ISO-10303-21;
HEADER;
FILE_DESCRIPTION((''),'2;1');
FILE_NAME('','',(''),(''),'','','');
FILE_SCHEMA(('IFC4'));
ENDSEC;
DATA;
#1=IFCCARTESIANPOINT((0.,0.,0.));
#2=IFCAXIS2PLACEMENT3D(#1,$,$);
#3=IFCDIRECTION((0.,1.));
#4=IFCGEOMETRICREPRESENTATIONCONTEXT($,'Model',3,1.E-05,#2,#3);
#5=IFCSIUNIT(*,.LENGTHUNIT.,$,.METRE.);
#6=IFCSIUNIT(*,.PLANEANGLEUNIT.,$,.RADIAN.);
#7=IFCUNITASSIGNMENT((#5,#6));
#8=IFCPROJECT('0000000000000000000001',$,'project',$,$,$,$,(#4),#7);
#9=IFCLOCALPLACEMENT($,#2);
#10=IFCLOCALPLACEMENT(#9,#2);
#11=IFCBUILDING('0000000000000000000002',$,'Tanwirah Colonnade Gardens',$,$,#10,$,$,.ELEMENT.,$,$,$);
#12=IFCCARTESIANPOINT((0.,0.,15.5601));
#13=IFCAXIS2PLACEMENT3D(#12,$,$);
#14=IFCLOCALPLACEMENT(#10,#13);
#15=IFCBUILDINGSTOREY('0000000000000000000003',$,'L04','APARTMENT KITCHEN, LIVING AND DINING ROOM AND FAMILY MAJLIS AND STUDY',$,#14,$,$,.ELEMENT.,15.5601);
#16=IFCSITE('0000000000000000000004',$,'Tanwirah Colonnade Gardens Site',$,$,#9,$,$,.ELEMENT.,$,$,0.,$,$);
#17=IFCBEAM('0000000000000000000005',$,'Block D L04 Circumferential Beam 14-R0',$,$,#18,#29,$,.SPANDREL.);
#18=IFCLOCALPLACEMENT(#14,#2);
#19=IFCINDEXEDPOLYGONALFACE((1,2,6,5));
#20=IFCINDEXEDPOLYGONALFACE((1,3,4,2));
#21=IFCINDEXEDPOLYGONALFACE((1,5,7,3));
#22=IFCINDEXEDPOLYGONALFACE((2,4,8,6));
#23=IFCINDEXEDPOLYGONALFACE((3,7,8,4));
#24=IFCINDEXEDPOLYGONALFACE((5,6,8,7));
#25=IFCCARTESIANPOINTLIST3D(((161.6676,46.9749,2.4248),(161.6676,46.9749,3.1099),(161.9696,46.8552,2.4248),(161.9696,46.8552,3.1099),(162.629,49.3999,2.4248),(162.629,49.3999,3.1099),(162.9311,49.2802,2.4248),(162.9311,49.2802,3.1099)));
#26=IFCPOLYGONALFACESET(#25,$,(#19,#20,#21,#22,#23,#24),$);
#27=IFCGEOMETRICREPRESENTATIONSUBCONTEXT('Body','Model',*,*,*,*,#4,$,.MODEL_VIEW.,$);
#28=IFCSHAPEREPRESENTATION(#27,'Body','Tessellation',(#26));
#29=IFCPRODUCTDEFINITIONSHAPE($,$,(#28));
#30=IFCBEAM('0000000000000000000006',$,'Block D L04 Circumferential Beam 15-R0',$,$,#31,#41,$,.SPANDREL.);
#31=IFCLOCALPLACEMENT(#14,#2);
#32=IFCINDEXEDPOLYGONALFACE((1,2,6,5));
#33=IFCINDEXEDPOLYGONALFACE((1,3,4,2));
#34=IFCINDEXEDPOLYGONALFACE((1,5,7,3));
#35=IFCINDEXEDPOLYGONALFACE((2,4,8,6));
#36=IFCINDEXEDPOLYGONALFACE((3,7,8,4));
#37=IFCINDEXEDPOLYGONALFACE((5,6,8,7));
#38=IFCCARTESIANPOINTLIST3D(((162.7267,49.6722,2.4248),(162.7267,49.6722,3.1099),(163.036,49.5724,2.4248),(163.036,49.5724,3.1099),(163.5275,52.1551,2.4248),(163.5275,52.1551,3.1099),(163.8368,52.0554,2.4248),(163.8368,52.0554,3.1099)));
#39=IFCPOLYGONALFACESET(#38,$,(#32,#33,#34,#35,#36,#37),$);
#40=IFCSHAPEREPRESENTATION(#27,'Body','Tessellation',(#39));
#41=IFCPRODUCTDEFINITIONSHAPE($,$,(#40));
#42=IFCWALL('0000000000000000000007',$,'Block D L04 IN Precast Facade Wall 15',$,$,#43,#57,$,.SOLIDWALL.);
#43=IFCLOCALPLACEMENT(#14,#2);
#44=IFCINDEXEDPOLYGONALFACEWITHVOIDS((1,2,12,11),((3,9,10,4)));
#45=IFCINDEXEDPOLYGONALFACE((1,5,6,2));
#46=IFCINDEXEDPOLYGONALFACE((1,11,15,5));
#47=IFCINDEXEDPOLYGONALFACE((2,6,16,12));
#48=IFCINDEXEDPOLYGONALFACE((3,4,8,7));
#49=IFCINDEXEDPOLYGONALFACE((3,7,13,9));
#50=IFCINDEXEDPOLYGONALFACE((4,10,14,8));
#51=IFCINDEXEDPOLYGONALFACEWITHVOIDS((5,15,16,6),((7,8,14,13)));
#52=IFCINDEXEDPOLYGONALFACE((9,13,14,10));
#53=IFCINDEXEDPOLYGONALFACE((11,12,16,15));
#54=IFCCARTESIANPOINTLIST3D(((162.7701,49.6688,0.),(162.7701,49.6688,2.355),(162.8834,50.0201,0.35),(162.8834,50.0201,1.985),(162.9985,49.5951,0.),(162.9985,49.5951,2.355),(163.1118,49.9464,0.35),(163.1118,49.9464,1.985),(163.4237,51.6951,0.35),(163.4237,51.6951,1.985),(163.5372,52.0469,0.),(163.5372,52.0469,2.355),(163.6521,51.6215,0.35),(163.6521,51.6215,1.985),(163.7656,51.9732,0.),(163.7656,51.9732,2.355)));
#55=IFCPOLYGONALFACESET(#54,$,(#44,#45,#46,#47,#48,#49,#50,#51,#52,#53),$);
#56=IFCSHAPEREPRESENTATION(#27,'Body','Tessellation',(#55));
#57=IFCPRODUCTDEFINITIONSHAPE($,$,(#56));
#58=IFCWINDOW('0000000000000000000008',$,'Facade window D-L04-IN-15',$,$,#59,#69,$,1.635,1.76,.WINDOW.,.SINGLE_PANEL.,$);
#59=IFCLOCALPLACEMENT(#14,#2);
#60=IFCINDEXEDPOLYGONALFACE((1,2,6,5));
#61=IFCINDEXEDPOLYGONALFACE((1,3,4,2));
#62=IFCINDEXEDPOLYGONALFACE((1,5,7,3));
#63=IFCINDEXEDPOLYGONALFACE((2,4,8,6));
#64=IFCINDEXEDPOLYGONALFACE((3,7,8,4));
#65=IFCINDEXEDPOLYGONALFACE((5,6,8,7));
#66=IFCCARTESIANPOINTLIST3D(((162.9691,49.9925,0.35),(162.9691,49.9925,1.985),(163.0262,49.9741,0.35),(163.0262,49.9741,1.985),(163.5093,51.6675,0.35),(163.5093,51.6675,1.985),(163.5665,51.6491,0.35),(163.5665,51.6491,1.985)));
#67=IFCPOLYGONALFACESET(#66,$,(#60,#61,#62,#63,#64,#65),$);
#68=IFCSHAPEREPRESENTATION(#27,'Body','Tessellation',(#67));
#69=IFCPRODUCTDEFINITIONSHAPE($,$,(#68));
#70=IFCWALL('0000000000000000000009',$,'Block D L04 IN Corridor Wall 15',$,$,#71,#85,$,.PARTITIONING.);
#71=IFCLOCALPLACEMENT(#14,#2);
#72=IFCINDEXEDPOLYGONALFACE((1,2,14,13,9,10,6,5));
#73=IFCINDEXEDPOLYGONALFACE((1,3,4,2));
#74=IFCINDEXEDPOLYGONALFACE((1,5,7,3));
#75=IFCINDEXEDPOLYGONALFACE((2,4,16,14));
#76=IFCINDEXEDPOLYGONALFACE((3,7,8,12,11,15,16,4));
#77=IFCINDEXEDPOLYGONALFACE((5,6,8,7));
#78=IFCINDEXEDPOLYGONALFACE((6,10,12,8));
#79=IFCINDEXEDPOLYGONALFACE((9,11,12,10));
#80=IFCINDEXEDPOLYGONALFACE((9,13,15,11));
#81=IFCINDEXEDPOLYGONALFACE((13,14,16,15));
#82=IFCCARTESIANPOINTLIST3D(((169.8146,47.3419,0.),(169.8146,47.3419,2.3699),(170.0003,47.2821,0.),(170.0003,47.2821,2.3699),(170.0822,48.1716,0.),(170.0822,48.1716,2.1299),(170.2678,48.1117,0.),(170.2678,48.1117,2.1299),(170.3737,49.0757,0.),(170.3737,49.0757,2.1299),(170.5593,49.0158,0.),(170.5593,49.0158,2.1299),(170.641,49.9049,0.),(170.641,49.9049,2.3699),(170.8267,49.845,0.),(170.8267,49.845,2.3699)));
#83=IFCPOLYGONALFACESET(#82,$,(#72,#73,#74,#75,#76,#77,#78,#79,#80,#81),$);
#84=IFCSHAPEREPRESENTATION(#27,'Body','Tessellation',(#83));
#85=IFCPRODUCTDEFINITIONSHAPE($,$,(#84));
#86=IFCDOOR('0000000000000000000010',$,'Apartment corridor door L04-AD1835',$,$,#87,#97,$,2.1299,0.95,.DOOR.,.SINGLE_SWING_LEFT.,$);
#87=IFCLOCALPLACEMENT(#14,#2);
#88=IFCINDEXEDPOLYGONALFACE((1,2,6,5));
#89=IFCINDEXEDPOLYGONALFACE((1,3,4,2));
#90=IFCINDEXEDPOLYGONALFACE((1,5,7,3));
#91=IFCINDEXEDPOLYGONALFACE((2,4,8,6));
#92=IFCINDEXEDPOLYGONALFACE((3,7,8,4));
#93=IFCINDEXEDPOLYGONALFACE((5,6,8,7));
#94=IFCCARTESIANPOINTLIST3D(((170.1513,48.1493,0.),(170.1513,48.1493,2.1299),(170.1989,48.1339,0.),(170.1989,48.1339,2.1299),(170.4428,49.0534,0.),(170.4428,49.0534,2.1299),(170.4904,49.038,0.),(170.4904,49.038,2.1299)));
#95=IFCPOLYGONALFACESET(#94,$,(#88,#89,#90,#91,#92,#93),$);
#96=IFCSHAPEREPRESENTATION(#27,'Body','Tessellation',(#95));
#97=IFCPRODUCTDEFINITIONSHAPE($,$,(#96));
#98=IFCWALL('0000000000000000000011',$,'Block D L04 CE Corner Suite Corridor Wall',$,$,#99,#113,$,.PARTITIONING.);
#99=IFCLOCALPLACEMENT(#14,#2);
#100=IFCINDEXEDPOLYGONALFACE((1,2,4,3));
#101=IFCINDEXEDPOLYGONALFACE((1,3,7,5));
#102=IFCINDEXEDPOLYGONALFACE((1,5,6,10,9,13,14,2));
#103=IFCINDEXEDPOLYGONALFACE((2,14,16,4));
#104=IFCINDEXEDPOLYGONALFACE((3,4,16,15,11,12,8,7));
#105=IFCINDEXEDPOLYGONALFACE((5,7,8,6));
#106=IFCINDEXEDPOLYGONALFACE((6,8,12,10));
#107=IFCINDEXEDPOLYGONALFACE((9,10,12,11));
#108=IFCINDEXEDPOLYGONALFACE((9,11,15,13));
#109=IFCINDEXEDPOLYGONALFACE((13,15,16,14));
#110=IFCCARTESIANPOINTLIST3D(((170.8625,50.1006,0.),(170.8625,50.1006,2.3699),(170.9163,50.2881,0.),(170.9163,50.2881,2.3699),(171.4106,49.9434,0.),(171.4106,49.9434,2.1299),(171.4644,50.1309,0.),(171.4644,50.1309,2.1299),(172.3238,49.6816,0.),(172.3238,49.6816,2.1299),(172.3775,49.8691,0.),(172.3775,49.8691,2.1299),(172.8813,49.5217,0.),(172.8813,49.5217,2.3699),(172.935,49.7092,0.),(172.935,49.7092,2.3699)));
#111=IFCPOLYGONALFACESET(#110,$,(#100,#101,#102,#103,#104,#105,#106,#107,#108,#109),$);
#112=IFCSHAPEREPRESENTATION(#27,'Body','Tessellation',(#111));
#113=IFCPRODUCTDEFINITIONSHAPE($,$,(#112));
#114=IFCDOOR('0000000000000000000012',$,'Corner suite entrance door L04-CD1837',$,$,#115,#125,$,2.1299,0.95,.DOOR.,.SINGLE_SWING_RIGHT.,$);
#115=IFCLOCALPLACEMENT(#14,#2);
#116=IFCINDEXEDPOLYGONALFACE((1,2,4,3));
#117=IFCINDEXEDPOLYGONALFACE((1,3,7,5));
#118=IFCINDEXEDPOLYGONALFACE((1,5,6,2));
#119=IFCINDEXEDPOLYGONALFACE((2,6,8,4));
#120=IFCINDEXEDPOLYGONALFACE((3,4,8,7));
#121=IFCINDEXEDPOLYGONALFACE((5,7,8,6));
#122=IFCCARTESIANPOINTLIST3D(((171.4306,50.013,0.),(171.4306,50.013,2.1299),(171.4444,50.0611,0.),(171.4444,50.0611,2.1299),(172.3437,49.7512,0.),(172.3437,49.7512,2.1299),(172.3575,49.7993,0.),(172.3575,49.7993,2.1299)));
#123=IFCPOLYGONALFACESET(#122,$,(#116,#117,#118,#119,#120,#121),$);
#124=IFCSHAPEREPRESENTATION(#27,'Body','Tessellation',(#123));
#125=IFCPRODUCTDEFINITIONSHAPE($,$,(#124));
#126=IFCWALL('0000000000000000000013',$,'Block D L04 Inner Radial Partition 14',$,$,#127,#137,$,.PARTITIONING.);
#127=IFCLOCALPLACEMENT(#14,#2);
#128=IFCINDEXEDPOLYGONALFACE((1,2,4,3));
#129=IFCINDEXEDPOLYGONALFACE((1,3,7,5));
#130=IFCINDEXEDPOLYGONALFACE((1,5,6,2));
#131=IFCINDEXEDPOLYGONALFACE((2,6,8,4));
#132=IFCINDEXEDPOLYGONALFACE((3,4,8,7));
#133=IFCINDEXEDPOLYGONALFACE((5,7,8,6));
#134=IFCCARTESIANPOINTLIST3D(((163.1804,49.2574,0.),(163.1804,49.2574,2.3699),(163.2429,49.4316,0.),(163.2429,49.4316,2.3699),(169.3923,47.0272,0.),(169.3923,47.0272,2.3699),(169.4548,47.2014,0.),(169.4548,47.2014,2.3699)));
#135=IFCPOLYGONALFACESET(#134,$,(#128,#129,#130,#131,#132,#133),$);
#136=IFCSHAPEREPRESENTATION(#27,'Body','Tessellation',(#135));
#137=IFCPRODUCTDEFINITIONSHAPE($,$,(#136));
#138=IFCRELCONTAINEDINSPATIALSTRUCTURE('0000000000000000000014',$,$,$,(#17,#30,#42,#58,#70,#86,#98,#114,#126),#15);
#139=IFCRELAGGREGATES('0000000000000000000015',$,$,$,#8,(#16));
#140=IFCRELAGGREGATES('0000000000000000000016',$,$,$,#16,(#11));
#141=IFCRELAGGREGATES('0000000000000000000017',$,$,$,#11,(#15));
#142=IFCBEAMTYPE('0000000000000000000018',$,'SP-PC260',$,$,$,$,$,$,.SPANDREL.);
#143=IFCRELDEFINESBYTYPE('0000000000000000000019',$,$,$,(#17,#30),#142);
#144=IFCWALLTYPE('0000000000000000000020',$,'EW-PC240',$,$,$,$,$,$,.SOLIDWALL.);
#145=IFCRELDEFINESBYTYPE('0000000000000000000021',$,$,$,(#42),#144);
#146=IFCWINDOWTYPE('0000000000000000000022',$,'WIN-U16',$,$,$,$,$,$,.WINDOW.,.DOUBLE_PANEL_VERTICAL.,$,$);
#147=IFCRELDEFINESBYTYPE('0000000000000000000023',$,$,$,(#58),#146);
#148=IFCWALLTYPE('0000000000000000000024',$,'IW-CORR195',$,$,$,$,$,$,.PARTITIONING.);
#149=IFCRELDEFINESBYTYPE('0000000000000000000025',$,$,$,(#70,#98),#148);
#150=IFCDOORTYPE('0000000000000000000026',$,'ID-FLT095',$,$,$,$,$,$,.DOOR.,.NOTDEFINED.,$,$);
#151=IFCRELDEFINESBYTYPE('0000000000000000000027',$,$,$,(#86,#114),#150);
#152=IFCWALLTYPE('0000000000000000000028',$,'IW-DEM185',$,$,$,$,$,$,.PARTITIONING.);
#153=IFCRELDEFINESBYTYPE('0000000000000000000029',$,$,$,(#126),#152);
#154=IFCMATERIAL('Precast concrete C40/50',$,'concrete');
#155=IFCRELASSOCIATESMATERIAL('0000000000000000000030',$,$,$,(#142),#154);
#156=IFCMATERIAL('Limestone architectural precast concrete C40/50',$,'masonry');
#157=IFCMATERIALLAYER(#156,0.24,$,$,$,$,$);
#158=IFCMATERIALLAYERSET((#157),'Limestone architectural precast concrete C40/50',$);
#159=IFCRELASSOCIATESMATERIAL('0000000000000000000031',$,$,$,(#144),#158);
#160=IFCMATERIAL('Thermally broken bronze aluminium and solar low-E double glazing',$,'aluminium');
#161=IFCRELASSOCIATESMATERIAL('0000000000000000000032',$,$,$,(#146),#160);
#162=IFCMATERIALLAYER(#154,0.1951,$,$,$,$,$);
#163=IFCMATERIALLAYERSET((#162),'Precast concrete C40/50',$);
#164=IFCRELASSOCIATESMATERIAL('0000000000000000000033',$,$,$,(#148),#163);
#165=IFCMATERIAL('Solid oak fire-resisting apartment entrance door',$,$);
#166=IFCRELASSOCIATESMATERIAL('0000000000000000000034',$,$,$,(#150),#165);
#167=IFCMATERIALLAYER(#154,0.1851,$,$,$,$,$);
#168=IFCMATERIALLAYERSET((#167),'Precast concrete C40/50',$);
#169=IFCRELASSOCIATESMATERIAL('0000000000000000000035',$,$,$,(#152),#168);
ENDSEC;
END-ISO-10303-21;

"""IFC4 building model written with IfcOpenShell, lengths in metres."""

from ifc_helpers import new_model, si_unit, direction, frame, frame_2d, origin, origin_2d, place, context, subcontext, project, spatial, rectangle, extrude, material, layer, layer_set, material_profile, profile_set, type_object, element, fill, save


model = new_model("IFC4")

# Units and contexts
model_context = context("Model", 3, precision=1e-05, world=origin(), true_north=direction((0.0, 1.0)))
body_context = subcontext(model_context, "Body", "Model", "MODEL_VIEW")
ifc_project = project(units=[si_unit("LENGTHUNIT", "METRE"), si_unit("PLANEANGLEUNIT", "RADIAN")], contexts=[model_context])

# Site, building, storey
site_placement = place(None, origin())
site = spatial("IfcSite", under=ifc_project, at=site_placement, Name="Tanwirah Colonnade Gardens Site", CompositionType="ELEMENT", RefElevation=0.0)
building_placement = place(site_placement, origin())
building = spatial("IfcBuilding", under=site, at=building_placement, Name="Tanwirah Colonnade Gardens", CompositionType="ELEMENT")
storey_placement = place(building_placement, frame((0.0, 0.0, 15.5601)))
storey = spatial("IfcBuildingStorey", under=building, at=storey_placement, Name="L04", Description="APARTMENT KITCHEN, LIVING AND DINING ROOM AND FAMILY MAJLIS AND STUDY", CompositionType="ELEMENT", Elevation=15.5601)

# Shared definitions
ifc_material_1 = material(Name="Precast concrete C40/50", Category="concrete")

# Beams
ifc_material_profile_1 = material_profile(ifc_material_1, rectangle(XDim=0.325, YDim=0.6851, at=origin_2d()), Name="PC-SP 325x685")
ifc_profile_set_1 = profile_set([ifc_material_profile_1], Name="Precast concrete C40/50")
beam_type_1 = type_object("IfcBeamType", Name="SP-PC260", PredefinedType="SPANDREL", material=ifc_profile_set_1)
beam_1_placement = place(storey_placement, frame((161.8186, 46.915, 2.7673), z_axis=(0.368549, 0.929608, 0.0), x_axis=(-0.929608, 0.368549, 0.0)))
element("IfcBeam", 1, at=beam_1_placement, inside=storey, type_object=beam_type_1, Name="Block D L04 Circumferential Beam 14-R0", PredefinedType="SPANDREL", context=body_context, shape_type="SweptSolid", body=[
    extrude(rectangle(XDim=0.325, YDim=0.6851, at=origin_2d()), origin(), (0.0, 0.0, 1.0), 2.6086),
])
beam_2_placement = place(storey_placement, frame((162.8813, 49.6223, 2.7673), z_axis=(0.306948, 0.951726, 0.0), x_axis=(-0.951726, 0.306948, 0.0)))
element("IfcBeam", 2, at=beam_2_placement, inside=storey, type_object=beam_type_1, Name="Block D L04 Circumferential Beam 15-R0", PredefinedType="SPANDREL", context=body_context, shape_type="SweptSolid", body=[
    extrude(rectangle(XDim=0.325, YDim=0.6851, at=origin_2d()), origin(), (0.0, 0.0, 1.0), 2.6089),
])

# Shared definitions
ifc_material_2 = material(Name="Limestone architectural precast concrete C40/50", Category="masonry")
ifc_layer_1 = layer(ifc_material_2, 0.24)
ifc_layer_set_1 = layer_set([ifc_layer_1], Name="Limestone architectural precast concrete C40/50")
wall_type_1 = type_object("IfcWallType", Name="EW-PC240", PredefinedType="SOLIDWALL", material=ifc_layer_set_1)

# Wall, opening, window
wall_1_placement = place(storey_placement, frame((162.8843, 49.6318, 0.0), z_axis=(0.0, 0.0, 1.0), x_axis=(0.30698, 0.951716, 0.0)))
wall_1 = element("IfcWall", 3, at=wall_1_placement, inside=storey, type_object=wall_type_1, Name="Block D L04 IN Precast Facade Wall 15", PredefinedType="SOLIDWALL", context=body_context, shape_type="SweptSolid", body=[
    extrude(rectangle(XDim=2.4988, YDim=0.24, at=frame_2d((1.2495, 0.0))), origin(), (0.0, 0.0, 1.0), 2.355),
])
opening_1_placement = place(wall_1_placement, frame((0.3694, 0.0, 0.3501)))
opening_1 = element("IfcOpeningElement", 4, at=opening_1_placement, cuts=wall_1, PredefinedType="OPENING", context=body_context, shape_type="SweptSolid", body=[
    extrude(rectangle(XDim=1.76, YDim=1.635, at=frame_2d((0.8799, 0.8174))), frame((0.0, 0.1299, 0.0), z_axis=(0.0, -1.0, 0.0), x_axis=(1.0, 0.0, 0.0)), (0.0, 0.0, 1.0), 0.26),
])
ifc_material_3 = material(Name="Thermally broken bronze aluminium and solar low-E double glazing", Category="aluminium")
window_type = type_object("IfcWindowType", Name="WIN-U16", PartitioningType="DOUBLE_PANEL_VERTICAL", PredefinedType="WINDOW", material=ifc_material_3)
window_placement = place(opening_1_placement, origin())
window = element("IfcWindow", 5, at=window_placement, inside=storey, type_object=window_type, Name="Facade window D-L04-IN-15", OverallHeight=1.635, OverallWidth=1.76, PartitioningType="SINGLE_PANEL", PredefinedType="WINDOW", context=body_context, shape_type="SweptSolid", body=[
    extrude(rectangle(XDim=1.76, YDim=1.635, at=frame_2d((0.8799, 0.8174))), frame((0.0, 0.03, 0.0), z_axis=(0.0, -1.0, 0.0), x_axis=(1.0, 0.0, 0.0)), (0.0, 0.0, 1.0), 0.0601),
])
fill(opening_1, window)

# Walls, openings, doors
ifc_layer_2 = layer(ifc_material_1, 0.1951)
ifc_layer_set_2 = layer_set([ifc_layer_2], Name="Precast concrete C40/50")
wall_type_2 = type_object("IfcWallType", Name="IW-CORR195", PredefinedType="PARTITIONING", material=ifc_layer_set_2)
wall_2_placement = place(storey_placement, frame((169.9075, 47.312, 0.0), z_axis=(0.0, 0.0, 1.0), x_axis=(0.306884, 0.951747, 0.0)))
wall_2 = element("IfcWall", 6, at=wall_2_placement, inside=storey, type_object=wall_type_2, Name="Block D L04 IN Corridor Wall 15", PredefinedType="PARTITIONING", context=body_context, shape_type="SweptSolid", body=[
    extrude(rectangle(XDim=2.6929, YDim=0.1951, at=frame_2d((1.3464, 0.0))), origin(), (0.0, 0.0, 1.0), 2.3699),
])
opening_2_placement = place(wall_2_placement, frame((0.8716, 0.0, 0.0)))
opening_2 = element("IfcOpeningElement", 7, at=opening_2_placement, cuts=wall_2, PredefinedType="OPENING", context=body_context, shape_type="SweptSolid", body=[
    extrude(rectangle(XDim=0.95, YDim=2.1299, at=frame_2d((0.4751, 1.0649))), frame((0.0, 0.1074, 0.0), z_axis=(0.0, -1.0, 0.0), x_axis=(1.0, 0.0, 0.0)), (0.0, 0.0, 1.0), 0.2151),
])
ifc_material_4 = material(Name="Solid oak fire-resisting apartment entrance door")
door_type_1 = type_object("IfcDoorType", Name="ID-FLT095", OperationType="NOTDEFINED", PredefinedType="DOOR", material=ifc_material_4)
door_1_placement = place(opening_2_placement, origin())
door_1 = element("IfcDoor", 8, at=door_1_placement, inside=storey, type_object=door_type_1, Name="Apartment corridor door L04-AD1835", OperationType="SINGLE_SWING_LEFT", OverallHeight=2.1299, OverallWidth=0.95, PredefinedType="DOOR", context=body_context, shape_type="SweptSolid", body=[
    extrude(rectangle(XDim=0.95, YDim=2.1299, at=frame_2d((0.4751, 1.0649))), frame((0.0, 0.0249, 0.0), z_axis=(0.0, -1.0, 0.0), x_axis=(1.0, 0.0, 0.0)), (0.0, 0.0, 1.0), 0.05),
])
fill(opening_2, door_1)
wall_3_placement = place(storey_placement, frame((170.8894, 50.1943, 0.0), z_axis=(0.0, 0.0, 1.0), x_axis=(0.961265, -0.275627, 0.0)))
wall_3 = element("IfcWall", 9, at=wall_3_placement, inside=storey, type_object=wall_type_2, Name="Block D L04 CE Corner Suite Corridor Wall", PredefinedType="PARTITIONING", context=body_context, shape_type="SweptSolid", body=[
    extrude(rectangle(XDim=2.1001, YDim=0.1951, at=frame_2d((1.05, 0.0))), origin(), (0.0, 0.0, 1.0), 2.3699),
])
opening_3_placement = place(wall_3_placement, frame((0.5701, 0.0, 0.0)))
opening_3 = element("IfcOpeningElement", 10, at=opening_3_placement, cuts=wall_3, PredefinedType="OPENING", context=body_context, shape_type="SweptSolid", body=[
    extrude(rectangle(XDim=0.95, YDim=2.1299, at=frame_2d((0.4751, 1.0649))), frame((0.0, 0.1074, 0.0), z_axis=(0.0, -1.0, 0.0), x_axis=(1.0, 0.0, 0.0)), (0.0, 0.0, 1.0), 0.2151),
])
door_2_placement = place(opening_3_placement, origin())
door_2 = element("IfcDoor", 11, at=door_2_placement, inside=storey, type_object=door_type_1, Name="Corner suite entrance door L04-CD1837", OperationType="SINGLE_SWING_RIGHT", OverallHeight=2.1299, OverallWidth=0.95, PredefinedType="DOOR", context=body_context, shape_type="SweptSolid", body=[
    extrude(rectangle(XDim=0.95, YDim=2.1299, at=frame_2d((0.4751, 1.0649))), frame((0.0, 0.0249, 0.0), z_axis=(0.0, -1.0, 0.0), x_axis=(1.0, 0.0, 0.0)), (0.0, 0.0, 1.0), 0.05),
])
fill(opening_3, door_2)

# Wall
ifc_layer_3 = layer(ifc_material_1, 0.1851)
ifc_layer_set_3 = layer_set([ifc_layer_3], Name="Precast concrete C40/50")
wall_type_3 = type_object("IfcWallType", Name="IW-DEM185", PredefinedType="PARTITIONING", material=ifc_layer_set_3)
wall_4_placement = place(storey_placement, frame((163.2117, 49.3445, 0.0), z_axis=(0.0, 0.0, 1.0), x_axis=(0.94118, -0.337906, 0.0)))
element("IfcWall", 12, at=wall_4_placement, inside=storey, type_object=wall_type_3, Name="Block D L04 Inner Radial Partition 14", PredefinedType="PARTITIONING", context=body_context, shape_type="SweptSolid", body=[
    extrude(rectangle(XDim=6.6001, YDim=0.1851, at=frame_2d((3.3, 0.0))), origin(), (0.0, 0.0, 1.0), 2.3699),
])

save(model, "model.ifc")
